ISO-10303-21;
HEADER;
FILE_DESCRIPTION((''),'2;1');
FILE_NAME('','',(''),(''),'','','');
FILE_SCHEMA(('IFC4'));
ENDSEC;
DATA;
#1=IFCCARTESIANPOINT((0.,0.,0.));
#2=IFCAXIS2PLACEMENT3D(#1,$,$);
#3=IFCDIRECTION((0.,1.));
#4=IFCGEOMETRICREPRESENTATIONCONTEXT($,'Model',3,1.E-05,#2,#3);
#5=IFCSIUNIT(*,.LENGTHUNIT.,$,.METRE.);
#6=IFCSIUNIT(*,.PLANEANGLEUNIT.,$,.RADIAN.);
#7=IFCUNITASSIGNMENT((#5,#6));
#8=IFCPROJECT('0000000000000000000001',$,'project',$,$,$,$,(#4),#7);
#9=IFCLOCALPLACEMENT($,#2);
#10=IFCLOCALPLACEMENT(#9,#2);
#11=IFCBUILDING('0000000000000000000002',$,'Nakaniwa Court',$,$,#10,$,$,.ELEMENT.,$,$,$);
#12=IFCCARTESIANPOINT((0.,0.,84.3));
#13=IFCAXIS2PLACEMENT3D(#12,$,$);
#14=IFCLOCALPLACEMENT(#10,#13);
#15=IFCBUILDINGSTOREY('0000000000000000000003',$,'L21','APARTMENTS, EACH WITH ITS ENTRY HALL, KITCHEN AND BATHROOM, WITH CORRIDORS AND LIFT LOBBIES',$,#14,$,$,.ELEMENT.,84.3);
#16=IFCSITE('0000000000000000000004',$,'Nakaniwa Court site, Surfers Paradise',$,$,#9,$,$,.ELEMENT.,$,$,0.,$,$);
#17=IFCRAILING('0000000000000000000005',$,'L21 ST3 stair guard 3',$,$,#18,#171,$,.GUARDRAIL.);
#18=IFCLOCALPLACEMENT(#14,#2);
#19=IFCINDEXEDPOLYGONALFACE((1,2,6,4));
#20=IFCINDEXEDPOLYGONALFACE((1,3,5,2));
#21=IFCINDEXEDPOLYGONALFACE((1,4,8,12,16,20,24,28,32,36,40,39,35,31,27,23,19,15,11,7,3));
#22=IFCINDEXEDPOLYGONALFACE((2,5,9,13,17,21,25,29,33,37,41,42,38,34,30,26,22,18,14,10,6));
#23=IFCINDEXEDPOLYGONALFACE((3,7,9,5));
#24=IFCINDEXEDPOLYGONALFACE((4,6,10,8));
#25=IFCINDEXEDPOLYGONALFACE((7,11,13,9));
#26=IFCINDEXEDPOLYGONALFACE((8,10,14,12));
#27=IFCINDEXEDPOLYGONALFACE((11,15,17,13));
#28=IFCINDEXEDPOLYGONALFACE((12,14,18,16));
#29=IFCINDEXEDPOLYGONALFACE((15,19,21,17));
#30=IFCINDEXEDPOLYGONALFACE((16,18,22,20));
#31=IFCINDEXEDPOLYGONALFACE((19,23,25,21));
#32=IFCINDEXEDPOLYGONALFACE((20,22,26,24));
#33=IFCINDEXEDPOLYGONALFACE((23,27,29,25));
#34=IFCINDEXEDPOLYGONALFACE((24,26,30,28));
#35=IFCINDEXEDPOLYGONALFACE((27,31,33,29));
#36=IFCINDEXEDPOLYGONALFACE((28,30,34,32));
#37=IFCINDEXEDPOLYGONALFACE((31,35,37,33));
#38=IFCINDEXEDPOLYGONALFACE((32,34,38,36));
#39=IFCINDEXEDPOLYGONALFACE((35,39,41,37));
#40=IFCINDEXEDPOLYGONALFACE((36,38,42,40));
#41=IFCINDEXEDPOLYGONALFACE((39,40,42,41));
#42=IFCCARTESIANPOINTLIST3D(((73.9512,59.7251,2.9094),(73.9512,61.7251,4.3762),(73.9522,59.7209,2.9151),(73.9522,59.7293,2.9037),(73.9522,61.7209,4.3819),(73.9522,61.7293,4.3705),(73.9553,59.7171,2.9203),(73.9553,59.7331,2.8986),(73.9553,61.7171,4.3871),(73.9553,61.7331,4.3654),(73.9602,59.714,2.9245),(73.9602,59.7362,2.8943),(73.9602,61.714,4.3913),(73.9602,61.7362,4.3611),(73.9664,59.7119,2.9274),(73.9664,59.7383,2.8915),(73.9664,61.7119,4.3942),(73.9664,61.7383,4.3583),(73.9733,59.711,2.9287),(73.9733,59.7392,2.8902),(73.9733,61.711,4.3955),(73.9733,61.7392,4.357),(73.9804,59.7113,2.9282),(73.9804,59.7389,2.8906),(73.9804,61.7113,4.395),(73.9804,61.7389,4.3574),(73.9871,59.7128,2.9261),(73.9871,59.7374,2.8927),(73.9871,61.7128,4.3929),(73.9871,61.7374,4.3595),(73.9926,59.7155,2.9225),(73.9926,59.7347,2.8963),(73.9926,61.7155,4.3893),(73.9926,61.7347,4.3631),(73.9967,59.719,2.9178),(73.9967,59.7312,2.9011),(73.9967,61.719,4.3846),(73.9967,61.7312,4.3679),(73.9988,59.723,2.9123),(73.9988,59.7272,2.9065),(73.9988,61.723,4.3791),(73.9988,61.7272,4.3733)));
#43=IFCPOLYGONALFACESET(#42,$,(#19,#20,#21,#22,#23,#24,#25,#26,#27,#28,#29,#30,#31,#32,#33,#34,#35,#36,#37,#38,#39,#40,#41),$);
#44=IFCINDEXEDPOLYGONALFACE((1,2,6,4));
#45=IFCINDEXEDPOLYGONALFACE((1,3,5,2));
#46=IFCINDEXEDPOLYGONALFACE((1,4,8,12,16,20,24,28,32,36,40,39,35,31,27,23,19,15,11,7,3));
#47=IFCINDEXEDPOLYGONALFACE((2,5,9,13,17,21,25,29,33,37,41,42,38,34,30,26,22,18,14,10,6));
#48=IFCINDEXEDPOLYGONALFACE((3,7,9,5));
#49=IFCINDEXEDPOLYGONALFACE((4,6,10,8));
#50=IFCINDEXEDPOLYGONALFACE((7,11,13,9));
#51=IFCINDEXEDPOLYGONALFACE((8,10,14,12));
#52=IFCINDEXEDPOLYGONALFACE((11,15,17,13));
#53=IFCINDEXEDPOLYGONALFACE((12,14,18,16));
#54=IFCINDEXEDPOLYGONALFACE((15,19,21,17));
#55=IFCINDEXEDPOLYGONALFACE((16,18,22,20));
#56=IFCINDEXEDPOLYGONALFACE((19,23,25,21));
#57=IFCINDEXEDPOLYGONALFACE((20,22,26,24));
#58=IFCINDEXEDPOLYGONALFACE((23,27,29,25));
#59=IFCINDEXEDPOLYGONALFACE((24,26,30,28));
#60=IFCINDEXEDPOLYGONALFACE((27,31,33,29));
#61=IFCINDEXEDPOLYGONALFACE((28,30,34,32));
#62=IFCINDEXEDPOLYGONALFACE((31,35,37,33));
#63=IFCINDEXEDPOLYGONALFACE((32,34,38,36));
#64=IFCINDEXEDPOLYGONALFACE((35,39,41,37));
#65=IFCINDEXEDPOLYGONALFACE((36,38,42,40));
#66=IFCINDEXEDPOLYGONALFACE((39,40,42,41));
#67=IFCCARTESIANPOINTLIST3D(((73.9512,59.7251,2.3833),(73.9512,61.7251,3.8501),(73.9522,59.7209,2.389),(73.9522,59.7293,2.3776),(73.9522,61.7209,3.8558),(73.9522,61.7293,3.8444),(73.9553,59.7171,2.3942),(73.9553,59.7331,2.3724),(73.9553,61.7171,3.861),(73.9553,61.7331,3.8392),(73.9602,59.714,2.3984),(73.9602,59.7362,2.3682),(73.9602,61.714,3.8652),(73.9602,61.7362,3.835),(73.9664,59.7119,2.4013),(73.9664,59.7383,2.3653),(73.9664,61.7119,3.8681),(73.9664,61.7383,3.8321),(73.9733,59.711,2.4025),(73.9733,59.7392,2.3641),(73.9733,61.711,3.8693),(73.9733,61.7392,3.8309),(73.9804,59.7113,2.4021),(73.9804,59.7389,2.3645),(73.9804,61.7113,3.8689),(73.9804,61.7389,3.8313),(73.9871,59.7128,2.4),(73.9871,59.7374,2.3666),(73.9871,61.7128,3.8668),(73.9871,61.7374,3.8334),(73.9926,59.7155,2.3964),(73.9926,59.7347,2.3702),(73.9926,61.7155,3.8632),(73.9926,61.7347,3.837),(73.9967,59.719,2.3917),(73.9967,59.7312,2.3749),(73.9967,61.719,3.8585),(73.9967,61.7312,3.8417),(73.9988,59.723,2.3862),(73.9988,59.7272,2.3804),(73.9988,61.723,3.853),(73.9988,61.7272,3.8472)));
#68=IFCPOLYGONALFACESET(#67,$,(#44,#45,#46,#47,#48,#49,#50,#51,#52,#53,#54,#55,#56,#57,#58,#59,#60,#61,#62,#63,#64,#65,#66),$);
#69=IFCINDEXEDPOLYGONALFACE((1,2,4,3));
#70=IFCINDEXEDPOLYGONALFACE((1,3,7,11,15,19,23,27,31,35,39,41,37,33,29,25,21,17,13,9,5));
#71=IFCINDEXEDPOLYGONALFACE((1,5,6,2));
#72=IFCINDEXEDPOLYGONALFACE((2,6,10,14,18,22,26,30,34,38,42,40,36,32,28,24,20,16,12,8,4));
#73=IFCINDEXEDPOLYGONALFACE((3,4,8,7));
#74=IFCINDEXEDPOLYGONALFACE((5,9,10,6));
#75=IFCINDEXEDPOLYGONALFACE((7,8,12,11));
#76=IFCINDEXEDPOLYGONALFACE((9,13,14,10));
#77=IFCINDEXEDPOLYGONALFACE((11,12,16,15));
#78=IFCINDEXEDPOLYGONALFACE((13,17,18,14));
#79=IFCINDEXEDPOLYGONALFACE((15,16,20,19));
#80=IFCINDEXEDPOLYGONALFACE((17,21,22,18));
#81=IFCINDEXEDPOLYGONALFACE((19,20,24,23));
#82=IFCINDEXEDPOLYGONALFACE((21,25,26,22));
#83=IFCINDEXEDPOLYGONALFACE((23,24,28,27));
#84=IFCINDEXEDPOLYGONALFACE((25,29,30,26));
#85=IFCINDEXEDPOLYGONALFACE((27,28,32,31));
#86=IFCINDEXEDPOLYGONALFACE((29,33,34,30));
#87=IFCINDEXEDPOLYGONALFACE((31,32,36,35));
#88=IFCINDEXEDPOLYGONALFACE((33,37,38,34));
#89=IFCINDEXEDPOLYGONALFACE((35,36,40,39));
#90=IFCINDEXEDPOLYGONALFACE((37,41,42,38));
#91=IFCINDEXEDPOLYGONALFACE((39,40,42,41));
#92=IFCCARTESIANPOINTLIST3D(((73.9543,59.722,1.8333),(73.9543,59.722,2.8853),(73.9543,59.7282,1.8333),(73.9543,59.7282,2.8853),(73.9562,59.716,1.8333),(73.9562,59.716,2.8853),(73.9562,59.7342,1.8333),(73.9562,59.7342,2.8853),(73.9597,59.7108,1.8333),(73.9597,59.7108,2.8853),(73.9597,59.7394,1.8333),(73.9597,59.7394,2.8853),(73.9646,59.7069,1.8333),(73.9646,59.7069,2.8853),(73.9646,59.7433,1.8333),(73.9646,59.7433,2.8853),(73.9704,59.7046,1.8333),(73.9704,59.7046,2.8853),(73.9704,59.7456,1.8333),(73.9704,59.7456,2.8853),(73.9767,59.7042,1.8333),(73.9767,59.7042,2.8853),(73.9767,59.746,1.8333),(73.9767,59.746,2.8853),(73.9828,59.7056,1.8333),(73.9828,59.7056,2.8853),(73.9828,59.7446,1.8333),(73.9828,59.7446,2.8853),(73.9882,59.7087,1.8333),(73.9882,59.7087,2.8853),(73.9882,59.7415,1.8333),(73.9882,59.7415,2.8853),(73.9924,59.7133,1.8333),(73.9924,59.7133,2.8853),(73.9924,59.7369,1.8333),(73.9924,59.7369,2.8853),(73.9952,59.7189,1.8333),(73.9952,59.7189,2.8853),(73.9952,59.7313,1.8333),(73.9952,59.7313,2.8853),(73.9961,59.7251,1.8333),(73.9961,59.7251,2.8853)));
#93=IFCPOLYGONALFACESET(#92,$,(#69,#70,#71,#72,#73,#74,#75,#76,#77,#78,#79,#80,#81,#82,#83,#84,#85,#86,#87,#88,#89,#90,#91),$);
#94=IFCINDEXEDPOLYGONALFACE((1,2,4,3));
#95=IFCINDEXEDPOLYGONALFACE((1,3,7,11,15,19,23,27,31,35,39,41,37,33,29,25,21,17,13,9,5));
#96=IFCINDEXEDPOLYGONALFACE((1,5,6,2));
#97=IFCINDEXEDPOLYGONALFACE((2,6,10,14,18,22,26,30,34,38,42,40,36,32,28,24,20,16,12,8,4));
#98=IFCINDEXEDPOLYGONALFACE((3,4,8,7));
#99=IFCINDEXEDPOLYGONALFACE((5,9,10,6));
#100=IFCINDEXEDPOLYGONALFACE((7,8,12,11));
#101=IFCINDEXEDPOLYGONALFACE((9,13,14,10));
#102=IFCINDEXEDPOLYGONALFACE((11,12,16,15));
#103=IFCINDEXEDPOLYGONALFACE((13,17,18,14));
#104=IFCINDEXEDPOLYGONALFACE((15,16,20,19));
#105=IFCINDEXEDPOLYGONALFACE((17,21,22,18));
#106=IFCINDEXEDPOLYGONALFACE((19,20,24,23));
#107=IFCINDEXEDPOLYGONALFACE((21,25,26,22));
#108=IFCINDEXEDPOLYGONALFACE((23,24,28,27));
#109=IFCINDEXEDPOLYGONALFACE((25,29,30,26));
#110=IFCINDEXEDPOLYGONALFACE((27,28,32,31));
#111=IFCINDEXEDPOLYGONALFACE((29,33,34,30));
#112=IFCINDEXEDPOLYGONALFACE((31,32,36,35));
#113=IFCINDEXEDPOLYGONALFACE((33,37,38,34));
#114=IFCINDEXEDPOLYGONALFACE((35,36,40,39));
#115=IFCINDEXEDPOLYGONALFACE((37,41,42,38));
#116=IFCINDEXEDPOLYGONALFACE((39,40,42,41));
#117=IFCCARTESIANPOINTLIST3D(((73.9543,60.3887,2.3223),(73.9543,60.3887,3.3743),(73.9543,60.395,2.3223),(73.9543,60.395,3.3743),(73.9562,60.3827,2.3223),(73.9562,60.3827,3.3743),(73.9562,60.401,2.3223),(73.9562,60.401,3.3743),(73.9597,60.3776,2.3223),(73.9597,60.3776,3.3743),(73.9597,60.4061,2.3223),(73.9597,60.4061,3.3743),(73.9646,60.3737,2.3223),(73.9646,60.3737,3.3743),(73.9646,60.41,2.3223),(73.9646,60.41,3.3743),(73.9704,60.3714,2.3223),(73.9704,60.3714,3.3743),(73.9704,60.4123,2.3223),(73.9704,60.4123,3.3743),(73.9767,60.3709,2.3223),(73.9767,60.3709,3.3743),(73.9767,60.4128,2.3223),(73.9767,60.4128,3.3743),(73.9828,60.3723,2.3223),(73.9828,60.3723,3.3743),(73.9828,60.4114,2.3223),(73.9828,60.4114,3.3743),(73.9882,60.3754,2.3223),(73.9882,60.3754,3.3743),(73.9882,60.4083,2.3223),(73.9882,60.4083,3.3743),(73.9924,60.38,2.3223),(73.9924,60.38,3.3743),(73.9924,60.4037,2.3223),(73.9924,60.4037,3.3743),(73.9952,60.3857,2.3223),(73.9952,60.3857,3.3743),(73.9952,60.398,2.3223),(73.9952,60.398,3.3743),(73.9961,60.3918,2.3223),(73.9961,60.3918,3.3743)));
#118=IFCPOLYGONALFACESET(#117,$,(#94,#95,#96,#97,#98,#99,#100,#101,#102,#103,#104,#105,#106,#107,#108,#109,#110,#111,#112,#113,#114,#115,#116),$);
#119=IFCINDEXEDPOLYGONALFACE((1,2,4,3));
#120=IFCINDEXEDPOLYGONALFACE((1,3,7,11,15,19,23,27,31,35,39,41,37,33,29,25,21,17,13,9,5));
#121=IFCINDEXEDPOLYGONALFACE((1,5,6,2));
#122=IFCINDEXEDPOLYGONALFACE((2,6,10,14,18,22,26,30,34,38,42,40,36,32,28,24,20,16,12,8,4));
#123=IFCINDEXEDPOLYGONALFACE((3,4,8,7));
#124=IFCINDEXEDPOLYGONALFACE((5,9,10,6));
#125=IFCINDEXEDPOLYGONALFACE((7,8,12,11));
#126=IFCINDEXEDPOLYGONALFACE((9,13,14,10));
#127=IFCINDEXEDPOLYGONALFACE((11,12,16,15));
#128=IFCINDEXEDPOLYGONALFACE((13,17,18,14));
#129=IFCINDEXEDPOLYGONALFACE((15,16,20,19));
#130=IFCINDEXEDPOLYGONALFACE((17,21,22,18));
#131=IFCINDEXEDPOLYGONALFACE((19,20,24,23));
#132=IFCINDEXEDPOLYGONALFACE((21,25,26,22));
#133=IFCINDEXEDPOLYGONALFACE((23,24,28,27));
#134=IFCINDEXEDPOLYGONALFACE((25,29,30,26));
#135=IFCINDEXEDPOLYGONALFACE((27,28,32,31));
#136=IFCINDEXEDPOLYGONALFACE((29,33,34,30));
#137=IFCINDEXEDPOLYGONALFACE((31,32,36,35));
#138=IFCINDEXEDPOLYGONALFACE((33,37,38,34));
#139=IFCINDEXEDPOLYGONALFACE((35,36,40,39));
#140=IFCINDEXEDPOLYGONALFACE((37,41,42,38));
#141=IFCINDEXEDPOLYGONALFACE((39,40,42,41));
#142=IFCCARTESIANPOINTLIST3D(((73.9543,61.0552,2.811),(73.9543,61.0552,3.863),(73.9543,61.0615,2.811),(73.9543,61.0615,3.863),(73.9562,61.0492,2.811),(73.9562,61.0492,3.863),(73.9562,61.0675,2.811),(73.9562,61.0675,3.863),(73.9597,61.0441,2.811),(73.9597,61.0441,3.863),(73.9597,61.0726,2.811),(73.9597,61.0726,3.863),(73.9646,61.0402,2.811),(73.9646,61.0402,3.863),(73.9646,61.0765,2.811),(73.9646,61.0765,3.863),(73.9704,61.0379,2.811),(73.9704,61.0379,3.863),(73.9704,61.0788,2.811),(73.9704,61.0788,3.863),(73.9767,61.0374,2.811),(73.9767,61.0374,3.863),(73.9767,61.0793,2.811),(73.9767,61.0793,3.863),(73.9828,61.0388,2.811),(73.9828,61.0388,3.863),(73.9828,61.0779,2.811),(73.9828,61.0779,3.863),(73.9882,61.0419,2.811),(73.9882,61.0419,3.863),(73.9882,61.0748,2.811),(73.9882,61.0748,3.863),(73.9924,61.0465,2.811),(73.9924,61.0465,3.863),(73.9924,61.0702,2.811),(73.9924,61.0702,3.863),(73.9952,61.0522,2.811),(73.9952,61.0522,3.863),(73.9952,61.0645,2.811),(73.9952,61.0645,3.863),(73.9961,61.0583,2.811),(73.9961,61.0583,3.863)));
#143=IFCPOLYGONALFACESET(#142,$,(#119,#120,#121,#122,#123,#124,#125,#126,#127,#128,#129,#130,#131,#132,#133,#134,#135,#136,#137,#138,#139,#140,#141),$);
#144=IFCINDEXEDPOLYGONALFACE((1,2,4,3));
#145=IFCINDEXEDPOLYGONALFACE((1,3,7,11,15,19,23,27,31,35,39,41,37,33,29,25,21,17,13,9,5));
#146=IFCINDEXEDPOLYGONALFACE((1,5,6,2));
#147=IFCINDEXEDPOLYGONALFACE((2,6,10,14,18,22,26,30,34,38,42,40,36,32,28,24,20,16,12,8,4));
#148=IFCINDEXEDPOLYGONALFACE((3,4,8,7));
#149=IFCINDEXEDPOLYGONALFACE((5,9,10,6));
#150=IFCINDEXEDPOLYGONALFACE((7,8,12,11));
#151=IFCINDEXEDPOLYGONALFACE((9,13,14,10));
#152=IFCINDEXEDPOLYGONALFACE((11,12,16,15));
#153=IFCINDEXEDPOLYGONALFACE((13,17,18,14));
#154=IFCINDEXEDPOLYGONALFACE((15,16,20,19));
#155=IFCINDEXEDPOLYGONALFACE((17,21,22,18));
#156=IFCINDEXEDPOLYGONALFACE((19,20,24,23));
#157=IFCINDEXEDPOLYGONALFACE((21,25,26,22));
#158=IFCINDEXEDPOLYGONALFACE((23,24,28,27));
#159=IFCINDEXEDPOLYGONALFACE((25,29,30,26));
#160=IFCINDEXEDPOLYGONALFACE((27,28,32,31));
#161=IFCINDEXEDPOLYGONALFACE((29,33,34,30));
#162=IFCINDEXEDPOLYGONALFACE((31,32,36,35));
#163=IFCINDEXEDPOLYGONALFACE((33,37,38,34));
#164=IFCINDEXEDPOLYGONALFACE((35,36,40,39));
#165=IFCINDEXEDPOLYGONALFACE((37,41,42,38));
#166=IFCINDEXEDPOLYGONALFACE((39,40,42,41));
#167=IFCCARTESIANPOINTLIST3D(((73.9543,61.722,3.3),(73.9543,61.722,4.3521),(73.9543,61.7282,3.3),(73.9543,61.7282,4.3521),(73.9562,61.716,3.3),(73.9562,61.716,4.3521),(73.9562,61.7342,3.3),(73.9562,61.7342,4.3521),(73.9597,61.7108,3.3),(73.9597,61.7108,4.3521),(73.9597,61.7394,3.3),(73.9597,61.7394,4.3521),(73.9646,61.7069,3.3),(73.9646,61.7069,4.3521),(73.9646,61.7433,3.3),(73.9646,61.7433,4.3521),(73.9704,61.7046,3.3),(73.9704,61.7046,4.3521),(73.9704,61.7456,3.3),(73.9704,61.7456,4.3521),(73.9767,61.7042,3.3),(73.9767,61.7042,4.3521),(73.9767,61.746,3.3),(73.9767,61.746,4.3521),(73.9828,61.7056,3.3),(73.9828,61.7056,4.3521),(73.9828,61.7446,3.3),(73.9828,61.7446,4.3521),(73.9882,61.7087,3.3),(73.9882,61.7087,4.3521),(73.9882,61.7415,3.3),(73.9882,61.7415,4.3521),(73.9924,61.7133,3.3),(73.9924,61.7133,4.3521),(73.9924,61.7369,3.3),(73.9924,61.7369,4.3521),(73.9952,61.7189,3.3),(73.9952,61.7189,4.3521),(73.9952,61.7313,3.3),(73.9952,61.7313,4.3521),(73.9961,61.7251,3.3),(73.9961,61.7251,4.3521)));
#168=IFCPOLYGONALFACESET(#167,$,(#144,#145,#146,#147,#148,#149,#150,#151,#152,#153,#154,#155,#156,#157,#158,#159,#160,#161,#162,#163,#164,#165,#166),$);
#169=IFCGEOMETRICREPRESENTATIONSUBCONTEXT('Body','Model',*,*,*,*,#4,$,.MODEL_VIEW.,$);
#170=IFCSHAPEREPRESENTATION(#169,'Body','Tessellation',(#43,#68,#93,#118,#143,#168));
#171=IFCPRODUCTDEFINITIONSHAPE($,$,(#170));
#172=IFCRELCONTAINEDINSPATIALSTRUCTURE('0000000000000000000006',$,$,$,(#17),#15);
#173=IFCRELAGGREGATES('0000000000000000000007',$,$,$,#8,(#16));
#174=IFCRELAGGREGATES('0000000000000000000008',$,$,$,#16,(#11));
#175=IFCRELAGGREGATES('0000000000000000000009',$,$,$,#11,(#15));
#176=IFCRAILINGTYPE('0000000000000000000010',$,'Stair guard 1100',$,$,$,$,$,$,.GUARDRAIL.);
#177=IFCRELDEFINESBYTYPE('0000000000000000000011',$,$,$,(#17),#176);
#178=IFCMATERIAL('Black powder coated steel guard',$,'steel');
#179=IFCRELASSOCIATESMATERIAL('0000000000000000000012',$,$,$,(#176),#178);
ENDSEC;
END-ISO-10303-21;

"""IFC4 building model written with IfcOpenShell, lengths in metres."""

from ifc_helpers import new_model, si_unit, direction, frame, origin, origin_2d, place, context, subcontext, project, spatial, circle, extrude, material, type_object, element, save


model = new_model("IFC4")

# Units and contexts
model_context = context("Model", 3, precision=1e-05, world=origin(), true_north=direction((0.0, 1.0)))
body_context = subcontext(model_context, "Body", "Model", "MODEL_VIEW")
ifc_project = project(units=[si_unit("LENGTHUNIT", "METRE"), si_unit("PLANEANGLEUNIT", "RADIAN")], contexts=[model_context])

# Site, building, storey
site_placement = place(None, origin())
site = spatial("IfcSite", under=ifc_project, at=site_placement, Name="Nakaniwa Court site, Surfers Paradise", CompositionType="ELEMENT", RefElevation=0.0)
building_placement = place(site_placement, origin())
building = spatial("IfcBuilding", under=site, at=building_placement, Name="Nakaniwa Court", CompositionType="ELEMENT")
storey_placement = place(building_placement, frame((0.0, 0.0, 84.3)))
storey = spatial("IfcBuildingStorey", under=building, at=storey_placement, Name="L21", Description="APARTMENTS, EACH WITH ITS ENTRY HALL, KITCHEN AND BATHROOM, WITH CORRIDORS AND LIFT LOBBIES", CompositionType="ELEMENT", Elevation=84.3)

# Railing
ifc_material_1 = material(Name="Black powder coated steel guard", Category="steel")
railing_type_1 = type_object("IfcRailingType", Name="Stair guard 1100", PredefinedType="GUARDRAIL", material=ifc_material_1)
railing_1_placement = place(storey_placement, frame((73.9751, 59.7251, 1.8333)))
element("IfcRailing", 1, at=railing_1_placement, inside=storey, type_object=railing_type_1, Name="L21 ST3 stair guard 3", PredefinedType="GUARDRAIL", context=body_context, shape_type="SweptSolid", body=[
    extrude(circle(Radius=0.0239, at=origin_2d()), frame((0.0, 0.0, 1.0762), z_axis=(0.0, 0.80638, 0.591398), x_axis=(-1.0, 0.0, 0.0)), (0.0, 0.0, 1.0), 2.4802),
    extrude(circle(Radius=0.0239, at=origin_2d()), frame((0.0, 0.0, 0.55), z_axis=(0.0, 0.80638, 0.591398), x_axis=(-1.0, 0.0, 0.0)), (0.0, 0.0, 1.0), 2.4802),
    extrude(circle(Radius=0.021, at=origin_2d()), origin(), (0.0, 0.0, 1.0), 1.052),
    extrude(circle(Radius=0.021, at=origin_2d()), frame((0.0, 0.6667, 0.489)), (0.0, 0.0, 1.0), 1.052),
    extrude(circle(Radius=0.021, at=origin_2d()), frame((0.0, 1.3333, 0.9778)), (0.0, 0.0, 1.0), 1.052),
    extrude(circle(Radius=0.021, at=origin_2d()), frame((0.0, 2.0, 1.4668)), (0.0, 0.0, 1.0), 1.052),
])

save(model, "model.ifc")
